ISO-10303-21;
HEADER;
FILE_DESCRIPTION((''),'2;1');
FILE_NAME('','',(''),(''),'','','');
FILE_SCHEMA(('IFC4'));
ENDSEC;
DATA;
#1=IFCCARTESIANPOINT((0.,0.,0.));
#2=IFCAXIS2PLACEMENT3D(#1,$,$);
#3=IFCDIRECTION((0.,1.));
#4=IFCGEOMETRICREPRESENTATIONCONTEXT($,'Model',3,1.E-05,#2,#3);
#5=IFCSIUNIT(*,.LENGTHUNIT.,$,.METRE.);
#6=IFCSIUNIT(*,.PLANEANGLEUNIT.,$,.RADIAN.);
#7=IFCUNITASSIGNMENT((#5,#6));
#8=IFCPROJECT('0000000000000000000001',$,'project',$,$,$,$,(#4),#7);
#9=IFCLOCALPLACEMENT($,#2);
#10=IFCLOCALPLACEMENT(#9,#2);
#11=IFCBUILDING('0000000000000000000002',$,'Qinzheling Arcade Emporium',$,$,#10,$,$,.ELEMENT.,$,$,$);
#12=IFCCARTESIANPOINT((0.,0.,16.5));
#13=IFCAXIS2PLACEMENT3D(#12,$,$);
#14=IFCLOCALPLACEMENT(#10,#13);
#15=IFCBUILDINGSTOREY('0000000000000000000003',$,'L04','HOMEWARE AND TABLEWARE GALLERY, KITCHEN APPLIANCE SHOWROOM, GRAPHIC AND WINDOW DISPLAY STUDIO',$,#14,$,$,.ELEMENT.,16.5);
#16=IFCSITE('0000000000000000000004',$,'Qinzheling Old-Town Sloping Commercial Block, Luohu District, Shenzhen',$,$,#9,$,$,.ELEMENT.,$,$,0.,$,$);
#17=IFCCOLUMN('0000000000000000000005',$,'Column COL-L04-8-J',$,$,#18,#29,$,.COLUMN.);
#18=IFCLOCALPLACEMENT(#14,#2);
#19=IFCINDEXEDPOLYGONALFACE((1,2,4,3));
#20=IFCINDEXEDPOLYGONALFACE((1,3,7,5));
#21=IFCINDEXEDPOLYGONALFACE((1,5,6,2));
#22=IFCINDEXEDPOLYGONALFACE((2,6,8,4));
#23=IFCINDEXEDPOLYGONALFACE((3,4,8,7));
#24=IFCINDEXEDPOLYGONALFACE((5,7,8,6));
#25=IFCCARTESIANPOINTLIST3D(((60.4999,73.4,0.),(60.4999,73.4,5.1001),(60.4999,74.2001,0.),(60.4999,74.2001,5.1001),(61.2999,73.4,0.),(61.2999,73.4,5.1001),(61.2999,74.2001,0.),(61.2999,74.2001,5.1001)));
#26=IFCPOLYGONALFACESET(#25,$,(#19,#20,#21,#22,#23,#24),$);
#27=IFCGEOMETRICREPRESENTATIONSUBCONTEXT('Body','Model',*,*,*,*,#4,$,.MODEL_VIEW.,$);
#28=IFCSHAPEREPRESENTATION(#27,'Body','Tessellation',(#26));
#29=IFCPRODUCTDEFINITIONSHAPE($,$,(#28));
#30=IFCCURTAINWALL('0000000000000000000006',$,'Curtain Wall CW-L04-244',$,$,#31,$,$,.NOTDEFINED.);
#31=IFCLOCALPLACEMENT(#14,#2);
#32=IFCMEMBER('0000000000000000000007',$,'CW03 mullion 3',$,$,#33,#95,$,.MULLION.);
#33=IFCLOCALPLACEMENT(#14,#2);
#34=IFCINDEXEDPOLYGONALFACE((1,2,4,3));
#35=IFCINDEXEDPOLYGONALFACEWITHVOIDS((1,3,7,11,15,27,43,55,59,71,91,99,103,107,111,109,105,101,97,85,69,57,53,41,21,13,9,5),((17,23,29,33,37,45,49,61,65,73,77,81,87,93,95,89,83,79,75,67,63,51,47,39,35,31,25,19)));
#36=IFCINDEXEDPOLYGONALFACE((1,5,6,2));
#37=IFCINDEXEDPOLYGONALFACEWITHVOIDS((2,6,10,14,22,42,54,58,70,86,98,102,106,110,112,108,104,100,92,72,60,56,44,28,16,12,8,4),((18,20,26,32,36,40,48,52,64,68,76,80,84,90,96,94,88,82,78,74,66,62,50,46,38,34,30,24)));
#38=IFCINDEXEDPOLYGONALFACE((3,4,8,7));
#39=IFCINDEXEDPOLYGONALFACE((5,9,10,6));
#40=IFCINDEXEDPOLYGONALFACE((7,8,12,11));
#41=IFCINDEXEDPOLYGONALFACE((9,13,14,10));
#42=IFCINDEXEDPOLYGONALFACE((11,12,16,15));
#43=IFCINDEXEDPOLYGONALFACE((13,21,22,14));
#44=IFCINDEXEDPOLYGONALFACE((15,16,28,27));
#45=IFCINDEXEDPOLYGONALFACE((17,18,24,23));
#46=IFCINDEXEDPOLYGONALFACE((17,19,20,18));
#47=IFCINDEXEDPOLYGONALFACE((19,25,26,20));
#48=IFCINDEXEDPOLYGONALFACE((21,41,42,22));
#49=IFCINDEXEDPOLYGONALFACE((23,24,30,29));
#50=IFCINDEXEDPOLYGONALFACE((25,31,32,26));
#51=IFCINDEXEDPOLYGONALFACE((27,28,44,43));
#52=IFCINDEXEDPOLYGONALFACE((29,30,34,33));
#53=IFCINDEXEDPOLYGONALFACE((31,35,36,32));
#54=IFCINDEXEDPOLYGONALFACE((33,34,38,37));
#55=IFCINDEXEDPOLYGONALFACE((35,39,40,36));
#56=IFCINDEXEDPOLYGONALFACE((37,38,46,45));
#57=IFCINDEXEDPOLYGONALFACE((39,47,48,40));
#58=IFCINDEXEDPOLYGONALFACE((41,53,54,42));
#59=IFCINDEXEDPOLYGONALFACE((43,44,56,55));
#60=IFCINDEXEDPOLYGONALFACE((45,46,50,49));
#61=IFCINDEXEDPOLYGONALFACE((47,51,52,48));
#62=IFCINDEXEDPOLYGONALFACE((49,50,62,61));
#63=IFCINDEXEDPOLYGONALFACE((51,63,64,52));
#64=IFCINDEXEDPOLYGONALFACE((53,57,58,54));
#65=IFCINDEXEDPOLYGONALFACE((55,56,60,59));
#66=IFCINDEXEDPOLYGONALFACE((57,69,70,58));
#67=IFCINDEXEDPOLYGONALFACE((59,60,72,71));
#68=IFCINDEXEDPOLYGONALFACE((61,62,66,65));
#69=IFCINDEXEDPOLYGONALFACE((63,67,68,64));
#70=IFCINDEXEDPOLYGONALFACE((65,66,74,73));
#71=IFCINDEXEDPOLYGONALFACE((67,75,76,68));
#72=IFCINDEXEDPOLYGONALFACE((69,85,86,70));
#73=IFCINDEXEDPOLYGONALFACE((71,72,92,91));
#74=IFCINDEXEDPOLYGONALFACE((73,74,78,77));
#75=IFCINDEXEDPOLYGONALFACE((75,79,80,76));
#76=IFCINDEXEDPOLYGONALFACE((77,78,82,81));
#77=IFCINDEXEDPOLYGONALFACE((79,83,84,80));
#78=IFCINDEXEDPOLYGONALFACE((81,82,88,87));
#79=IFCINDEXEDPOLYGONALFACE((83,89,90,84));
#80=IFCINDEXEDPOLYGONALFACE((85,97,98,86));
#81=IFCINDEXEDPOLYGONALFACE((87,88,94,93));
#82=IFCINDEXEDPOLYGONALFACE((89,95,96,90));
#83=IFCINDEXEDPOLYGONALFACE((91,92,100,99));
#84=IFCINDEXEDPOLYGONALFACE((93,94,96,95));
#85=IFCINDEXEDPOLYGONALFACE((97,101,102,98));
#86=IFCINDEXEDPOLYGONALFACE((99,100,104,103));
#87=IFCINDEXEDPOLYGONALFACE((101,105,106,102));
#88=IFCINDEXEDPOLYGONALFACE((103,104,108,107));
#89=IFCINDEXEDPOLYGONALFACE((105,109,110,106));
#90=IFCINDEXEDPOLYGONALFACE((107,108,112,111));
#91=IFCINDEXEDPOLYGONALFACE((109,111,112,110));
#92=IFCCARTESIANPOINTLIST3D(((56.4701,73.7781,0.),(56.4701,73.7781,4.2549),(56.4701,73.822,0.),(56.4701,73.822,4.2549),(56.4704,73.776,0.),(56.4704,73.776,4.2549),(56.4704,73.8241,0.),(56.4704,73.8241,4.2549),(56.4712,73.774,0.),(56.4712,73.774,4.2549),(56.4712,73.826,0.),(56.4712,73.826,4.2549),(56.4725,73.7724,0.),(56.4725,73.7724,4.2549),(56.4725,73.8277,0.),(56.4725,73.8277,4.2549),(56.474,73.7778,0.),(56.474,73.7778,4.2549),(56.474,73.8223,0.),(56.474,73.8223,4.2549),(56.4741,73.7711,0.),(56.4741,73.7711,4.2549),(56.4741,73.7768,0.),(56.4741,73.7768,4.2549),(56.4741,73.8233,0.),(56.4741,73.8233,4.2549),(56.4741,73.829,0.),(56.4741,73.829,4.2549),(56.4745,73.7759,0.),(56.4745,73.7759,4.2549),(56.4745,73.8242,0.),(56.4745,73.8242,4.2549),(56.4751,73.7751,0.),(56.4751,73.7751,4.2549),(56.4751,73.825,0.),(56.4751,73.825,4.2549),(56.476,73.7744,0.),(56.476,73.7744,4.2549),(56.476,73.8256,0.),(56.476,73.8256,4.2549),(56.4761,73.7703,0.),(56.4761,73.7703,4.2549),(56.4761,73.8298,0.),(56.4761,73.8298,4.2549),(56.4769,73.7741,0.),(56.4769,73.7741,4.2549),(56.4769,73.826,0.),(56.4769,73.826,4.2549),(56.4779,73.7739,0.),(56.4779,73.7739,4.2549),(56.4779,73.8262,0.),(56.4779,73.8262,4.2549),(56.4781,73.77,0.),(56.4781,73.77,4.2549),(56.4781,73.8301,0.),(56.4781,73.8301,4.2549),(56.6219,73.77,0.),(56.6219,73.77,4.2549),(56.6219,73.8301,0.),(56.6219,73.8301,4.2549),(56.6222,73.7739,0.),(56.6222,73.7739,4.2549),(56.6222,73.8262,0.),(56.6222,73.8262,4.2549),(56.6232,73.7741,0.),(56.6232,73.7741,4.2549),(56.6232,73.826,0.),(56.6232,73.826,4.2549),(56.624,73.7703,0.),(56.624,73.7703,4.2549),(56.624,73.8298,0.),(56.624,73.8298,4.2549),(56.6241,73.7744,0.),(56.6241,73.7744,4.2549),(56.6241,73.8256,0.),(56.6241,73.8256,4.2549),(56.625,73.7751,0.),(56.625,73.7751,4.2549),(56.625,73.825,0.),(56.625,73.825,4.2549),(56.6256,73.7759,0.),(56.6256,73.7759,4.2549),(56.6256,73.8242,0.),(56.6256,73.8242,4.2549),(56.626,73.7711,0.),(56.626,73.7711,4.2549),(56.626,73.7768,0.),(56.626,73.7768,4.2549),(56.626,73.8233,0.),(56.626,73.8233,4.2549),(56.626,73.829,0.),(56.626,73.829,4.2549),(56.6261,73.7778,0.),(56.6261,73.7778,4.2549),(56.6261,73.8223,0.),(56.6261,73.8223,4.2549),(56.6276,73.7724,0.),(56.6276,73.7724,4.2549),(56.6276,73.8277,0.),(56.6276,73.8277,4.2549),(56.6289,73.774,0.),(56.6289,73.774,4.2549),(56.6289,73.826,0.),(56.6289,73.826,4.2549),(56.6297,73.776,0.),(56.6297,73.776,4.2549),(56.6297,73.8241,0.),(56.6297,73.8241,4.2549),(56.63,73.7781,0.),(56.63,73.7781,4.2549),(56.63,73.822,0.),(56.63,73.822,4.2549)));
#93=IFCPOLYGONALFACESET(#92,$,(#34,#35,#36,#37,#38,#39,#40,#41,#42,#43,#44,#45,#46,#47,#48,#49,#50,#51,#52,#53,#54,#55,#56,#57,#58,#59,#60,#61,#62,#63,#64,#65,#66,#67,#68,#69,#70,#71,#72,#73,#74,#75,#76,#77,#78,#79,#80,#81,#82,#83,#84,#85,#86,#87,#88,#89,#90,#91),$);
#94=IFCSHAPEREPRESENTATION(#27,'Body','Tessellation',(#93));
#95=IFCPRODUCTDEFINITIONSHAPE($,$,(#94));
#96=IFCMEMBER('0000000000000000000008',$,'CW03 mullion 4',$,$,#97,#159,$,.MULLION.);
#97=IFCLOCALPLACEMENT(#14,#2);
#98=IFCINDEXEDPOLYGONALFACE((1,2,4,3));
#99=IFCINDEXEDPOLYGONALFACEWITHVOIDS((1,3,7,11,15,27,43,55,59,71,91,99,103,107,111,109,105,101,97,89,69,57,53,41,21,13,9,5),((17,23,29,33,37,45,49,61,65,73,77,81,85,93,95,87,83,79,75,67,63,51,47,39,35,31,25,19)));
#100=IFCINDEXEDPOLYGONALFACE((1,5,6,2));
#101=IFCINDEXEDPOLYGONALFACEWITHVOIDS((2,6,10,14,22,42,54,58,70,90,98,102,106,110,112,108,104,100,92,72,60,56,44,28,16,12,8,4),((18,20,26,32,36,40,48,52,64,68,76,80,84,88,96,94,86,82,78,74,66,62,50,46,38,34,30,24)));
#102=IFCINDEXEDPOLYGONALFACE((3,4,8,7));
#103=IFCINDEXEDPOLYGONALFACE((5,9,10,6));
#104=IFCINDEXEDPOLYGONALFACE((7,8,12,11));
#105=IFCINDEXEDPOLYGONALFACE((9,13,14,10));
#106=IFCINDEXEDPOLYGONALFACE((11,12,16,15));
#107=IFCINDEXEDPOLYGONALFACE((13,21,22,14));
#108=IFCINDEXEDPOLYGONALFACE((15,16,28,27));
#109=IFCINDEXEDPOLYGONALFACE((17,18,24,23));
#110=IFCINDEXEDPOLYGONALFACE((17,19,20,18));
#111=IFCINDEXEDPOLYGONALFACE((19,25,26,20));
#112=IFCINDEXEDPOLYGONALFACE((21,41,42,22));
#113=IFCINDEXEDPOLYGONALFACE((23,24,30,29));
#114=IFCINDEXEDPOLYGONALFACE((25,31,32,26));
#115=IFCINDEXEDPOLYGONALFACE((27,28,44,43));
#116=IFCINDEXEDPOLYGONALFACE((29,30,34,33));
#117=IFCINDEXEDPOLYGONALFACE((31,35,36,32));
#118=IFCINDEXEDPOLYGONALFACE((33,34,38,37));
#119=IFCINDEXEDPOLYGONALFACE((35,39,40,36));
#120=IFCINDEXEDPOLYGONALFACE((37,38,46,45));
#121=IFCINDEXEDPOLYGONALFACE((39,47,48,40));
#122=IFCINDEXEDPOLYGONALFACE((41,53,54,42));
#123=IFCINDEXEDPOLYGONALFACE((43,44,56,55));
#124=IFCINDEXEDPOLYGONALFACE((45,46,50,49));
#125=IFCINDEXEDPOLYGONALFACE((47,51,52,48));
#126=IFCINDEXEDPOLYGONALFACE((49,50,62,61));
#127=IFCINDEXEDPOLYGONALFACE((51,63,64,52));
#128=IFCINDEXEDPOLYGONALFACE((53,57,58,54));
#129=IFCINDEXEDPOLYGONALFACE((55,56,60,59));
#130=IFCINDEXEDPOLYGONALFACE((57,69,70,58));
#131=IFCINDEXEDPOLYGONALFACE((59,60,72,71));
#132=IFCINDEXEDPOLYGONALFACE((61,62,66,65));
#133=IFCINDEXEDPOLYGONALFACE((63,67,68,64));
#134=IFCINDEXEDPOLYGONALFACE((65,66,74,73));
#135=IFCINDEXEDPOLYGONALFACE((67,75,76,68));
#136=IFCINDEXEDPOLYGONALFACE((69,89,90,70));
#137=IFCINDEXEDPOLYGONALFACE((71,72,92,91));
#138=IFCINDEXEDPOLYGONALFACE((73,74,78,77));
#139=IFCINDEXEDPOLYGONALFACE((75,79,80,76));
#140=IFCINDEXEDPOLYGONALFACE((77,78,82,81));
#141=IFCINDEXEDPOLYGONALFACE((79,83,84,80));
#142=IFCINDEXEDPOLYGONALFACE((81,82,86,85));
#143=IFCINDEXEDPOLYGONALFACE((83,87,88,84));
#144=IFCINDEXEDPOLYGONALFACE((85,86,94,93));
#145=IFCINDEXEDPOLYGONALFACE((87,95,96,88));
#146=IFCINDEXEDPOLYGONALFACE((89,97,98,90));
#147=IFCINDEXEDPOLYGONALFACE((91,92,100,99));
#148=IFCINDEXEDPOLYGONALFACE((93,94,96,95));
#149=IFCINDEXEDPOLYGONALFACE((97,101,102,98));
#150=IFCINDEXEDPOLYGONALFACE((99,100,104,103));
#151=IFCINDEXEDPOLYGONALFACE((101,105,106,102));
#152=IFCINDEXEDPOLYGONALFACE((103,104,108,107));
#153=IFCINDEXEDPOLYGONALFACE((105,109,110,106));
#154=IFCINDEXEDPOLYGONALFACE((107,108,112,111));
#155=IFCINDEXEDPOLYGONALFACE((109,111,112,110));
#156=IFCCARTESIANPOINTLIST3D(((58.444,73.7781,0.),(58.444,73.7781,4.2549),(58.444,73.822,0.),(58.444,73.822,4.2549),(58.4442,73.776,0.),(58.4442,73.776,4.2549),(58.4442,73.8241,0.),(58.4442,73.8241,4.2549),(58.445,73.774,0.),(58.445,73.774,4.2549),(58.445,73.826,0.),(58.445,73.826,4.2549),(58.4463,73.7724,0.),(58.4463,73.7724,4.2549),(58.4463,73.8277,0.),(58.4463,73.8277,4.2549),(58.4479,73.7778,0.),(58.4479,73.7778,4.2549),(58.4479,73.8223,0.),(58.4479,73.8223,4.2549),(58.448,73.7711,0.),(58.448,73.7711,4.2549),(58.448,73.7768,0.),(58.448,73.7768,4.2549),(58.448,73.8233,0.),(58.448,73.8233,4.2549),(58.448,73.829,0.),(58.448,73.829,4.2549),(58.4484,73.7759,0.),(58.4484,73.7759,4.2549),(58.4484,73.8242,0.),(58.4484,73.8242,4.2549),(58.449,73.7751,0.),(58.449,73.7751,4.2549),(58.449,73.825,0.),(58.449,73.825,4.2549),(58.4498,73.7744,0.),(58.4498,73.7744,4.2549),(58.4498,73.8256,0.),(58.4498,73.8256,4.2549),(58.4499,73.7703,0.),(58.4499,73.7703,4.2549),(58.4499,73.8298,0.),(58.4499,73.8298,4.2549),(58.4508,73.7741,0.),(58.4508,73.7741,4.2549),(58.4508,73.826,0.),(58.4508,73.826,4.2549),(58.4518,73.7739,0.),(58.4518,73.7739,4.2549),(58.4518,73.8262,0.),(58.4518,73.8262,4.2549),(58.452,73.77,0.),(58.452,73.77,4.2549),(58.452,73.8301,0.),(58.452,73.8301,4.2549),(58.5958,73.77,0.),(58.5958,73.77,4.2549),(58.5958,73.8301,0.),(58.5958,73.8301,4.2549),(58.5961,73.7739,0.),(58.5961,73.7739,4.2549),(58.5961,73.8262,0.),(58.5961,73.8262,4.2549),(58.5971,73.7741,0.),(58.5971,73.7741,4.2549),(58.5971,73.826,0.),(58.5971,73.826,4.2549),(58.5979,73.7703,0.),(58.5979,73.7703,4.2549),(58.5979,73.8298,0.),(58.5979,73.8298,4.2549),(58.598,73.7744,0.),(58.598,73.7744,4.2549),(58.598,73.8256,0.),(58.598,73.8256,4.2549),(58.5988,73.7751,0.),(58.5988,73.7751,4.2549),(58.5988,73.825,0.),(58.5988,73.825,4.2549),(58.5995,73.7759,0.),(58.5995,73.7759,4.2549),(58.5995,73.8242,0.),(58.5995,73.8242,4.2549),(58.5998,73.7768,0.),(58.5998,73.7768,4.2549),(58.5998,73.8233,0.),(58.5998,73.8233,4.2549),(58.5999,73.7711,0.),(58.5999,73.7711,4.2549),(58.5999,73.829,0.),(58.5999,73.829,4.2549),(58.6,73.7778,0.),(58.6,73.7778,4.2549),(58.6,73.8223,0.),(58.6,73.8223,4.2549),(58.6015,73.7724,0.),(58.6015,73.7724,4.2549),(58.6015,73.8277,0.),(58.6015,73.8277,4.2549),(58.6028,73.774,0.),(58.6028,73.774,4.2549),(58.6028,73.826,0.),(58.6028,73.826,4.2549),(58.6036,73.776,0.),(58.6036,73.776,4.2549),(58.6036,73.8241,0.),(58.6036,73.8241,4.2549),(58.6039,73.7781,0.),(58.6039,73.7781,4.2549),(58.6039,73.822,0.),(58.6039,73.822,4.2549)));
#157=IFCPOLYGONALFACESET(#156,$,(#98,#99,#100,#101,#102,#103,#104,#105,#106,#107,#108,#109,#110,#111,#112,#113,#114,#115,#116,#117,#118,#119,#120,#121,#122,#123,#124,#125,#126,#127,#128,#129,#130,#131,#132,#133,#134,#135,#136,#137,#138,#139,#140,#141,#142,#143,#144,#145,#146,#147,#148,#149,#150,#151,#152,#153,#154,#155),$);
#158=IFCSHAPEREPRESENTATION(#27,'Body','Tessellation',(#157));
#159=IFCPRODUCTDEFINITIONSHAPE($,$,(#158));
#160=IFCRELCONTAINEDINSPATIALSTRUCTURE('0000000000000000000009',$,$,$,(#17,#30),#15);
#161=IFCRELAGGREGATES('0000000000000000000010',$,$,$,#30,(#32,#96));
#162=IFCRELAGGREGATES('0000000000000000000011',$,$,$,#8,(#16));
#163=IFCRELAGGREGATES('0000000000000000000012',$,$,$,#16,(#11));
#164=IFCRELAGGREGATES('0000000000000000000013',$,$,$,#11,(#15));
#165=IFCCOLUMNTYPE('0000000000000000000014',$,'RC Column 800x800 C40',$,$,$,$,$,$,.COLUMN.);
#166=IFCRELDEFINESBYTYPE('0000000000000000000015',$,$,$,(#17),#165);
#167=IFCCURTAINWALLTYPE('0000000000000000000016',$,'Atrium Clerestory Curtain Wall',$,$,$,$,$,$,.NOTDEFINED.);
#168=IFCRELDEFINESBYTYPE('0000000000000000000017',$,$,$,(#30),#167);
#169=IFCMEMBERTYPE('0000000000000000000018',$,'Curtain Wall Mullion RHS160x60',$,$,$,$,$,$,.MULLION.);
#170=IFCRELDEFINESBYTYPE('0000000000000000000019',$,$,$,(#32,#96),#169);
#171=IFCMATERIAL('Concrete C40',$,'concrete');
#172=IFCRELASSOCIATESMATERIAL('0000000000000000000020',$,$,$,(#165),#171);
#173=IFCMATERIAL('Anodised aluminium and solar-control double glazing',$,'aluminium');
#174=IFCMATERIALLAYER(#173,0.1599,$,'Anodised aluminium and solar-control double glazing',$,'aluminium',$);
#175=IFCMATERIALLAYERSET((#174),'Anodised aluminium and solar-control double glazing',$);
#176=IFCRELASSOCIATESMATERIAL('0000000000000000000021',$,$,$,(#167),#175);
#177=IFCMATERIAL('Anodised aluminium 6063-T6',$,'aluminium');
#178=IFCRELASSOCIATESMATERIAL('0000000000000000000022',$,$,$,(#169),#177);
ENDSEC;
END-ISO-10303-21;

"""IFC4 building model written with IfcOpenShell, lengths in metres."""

from ifc_helpers import new_model, si_unit, direction, frame, origin, origin_2d, place, context, subcontext, project, spatial, rectangle, hollow_rectangle, extrude, material, layer, layer_set, material_profile, profile_set, type_object, element, aggregate, save


model = new_model("IFC4")

# Units and contexts
model_context = context("Model", 3, precision=1e-05, world=origin(), true_north=direction((0.0, 1.0)))
body_context = subcontext(model_context, "Body", "Model", "MODEL_VIEW")
ifc_project = project(units=[si_unit("LENGTHUNIT", "METRE"), si_unit("PLANEANGLEUNIT", "RADIAN")], contexts=[model_context])

# Site, building, storey
site_placement = place(None, origin())
site = spatial("IfcSite", under=ifc_project, at=site_placement, Name="Qinzheling Old-Town Sloping Commercial Block, Luohu District, Shenzhen", CompositionType="ELEMENT", RefElevation=0.0)
building_placement = place(site_placement, origin())
building = spatial("IfcBuilding", under=site, at=building_placement, Name="Qinzheling Arcade Emporium", CompositionType="ELEMENT")
storey_placement = place(building_placement, frame((0.0, 0.0, 16.5)))
storey = spatial("IfcBuildingStorey", under=building, at=storey_placement, Name="L04", Description="HOMEWARE AND TABLEWARE GALLERY, KITCHEN APPLIANCE SHOWROOM, GRAPHIC AND WINDOW DISPLAY STUDIO", CompositionType="ELEMENT", Elevation=16.5)

# Column
ifc_material_1 = material(Name="Concrete C40", Category="concrete")
ifc_material_profile_1 = material_profile(ifc_material_1, rectangle(XDim=0.8, YDim=0.8, at=origin_2d()), Name="RC 800x800", Category="concrete")
ifc_profile_set_1 = profile_set([ifc_material_profile_1], Name="Concrete C40")
column_type = type_object("IfcColumnType", Name="RC Column 800x800 C40", PredefinedType="COLUMN", material=ifc_profile_set_1)
column_placement = place(storey_placement, frame((60.8999, 73.8, 0.0), z_axis=(0.0, 0.0, 1.0), x_axis=(1.0, 0.0, 0.0)))
element("IfcColumn", 1, at=column_placement, inside=storey, type_object=column_type, Name="Column COL-L04-8-J", PredefinedType="COLUMN", context=body_context, shape_type="SweptSolid", body=[
    extrude(rectangle(XDim=0.8, YDim=0.8, at=origin_2d()), origin(), (0.0, 0.0, 1.0), 5.1001),
])

# Curtain wall, members
ifc_material_2 = material(Name="Anodised aluminium and solar-control double glazing", Category="aluminium")
ifc_layer_1 = layer(ifc_material_2, 0.1599, Name="Anodised aluminium and solar-control double glazing", Category="aluminium")
ifc_layer_set_1 = layer_set([ifc_layer_1], Name="Anodised aluminium and solar-control double glazing")
curtain_wall_type = type_object("IfcCurtainWallType", Name="Atrium Clerestory Curtain Wall", PredefinedType="NOTDEFINED", material=ifc_layer_set_1)
curtain_wall_1_placement = place(storey_placement, origin())
curtain_wall_1 = element("IfcCurtainWall", 2, at=curtain_wall_1_placement, inside=storey, type_object=curtain_wall_type, Name="Curtain Wall CW-L04-244", PredefinedType="NOTDEFINED")
ifc_material_3 = material(Name="Anodised aluminium 6063-T6", Category="aluminium")
ifc_material_profile_2 = material_profile(ifc_material_3, hollow_rectangle(XDim=0.0601, YDim=0.1599, WallThickness=0.0039, InnerFilletRadius=0.0039, OuterFilletRadius=0.0081, at=origin_2d()), Name="RHS 160x60x4", Category="aluminium")
ifc_profile_set_2 = profile_set([ifc_material_profile_2], Name="Anodised aluminium 6063-T6")
member_type_1 = type_object("IfcMemberType", Name="Curtain Wall Mullion RHS160x60", PredefinedType="MULLION", material=ifc_profile_set_2)
member_1_placement = place(storey_placement, frame((56.55, 73.8, 0.0), z_axis=(0.0, 0.0, 1.0), x_axis=(0.0, 1.0, 0.0)))
member_1 = element("IfcMember", 3, at=member_1_placement, type_object=member_type_1, Name="CW03 mullion 3", PredefinedType="MULLION", context=body_context, shape_type="SweptSolid", body=[
    extrude(hollow_rectangle(XDim=0.0601, YDim=0.1599, WallThickness=0.0039, InnerFilletRadius=0.0039, OuterFilletRadius=0.0081, at=origin_2d()), origin(), (0.0, 0.0, 1.0), 4.2549),
])
member_2_placement = place(storey_placement, frame((58.5239, 73.8, 0.0), z_axis=(0.0, 0.0, 1.0), x_axis=(0.0, 1.0, 0.0)))
member_2 = element("IfcMember", 4, at=member_2_placement, type_object=member_type_1, Name="CW03 mullion 4", PredefinedType="MULLION", context=body_context, shape_type="SweptSolid", body=[
    extrude(hollow_rectangle(XDim=0.0601, YDim=0.1599, WallThickness=0.0039, InnerFilletRadius=0.0039, OuterFilletRadius=0.0081, at=origin_2d()), origin(), (0.0, 0.0, 1.0), 4.2549),
])

aggregate(curtain_wall_1, [member_1, member_2])

save(model, "model.ifc")
